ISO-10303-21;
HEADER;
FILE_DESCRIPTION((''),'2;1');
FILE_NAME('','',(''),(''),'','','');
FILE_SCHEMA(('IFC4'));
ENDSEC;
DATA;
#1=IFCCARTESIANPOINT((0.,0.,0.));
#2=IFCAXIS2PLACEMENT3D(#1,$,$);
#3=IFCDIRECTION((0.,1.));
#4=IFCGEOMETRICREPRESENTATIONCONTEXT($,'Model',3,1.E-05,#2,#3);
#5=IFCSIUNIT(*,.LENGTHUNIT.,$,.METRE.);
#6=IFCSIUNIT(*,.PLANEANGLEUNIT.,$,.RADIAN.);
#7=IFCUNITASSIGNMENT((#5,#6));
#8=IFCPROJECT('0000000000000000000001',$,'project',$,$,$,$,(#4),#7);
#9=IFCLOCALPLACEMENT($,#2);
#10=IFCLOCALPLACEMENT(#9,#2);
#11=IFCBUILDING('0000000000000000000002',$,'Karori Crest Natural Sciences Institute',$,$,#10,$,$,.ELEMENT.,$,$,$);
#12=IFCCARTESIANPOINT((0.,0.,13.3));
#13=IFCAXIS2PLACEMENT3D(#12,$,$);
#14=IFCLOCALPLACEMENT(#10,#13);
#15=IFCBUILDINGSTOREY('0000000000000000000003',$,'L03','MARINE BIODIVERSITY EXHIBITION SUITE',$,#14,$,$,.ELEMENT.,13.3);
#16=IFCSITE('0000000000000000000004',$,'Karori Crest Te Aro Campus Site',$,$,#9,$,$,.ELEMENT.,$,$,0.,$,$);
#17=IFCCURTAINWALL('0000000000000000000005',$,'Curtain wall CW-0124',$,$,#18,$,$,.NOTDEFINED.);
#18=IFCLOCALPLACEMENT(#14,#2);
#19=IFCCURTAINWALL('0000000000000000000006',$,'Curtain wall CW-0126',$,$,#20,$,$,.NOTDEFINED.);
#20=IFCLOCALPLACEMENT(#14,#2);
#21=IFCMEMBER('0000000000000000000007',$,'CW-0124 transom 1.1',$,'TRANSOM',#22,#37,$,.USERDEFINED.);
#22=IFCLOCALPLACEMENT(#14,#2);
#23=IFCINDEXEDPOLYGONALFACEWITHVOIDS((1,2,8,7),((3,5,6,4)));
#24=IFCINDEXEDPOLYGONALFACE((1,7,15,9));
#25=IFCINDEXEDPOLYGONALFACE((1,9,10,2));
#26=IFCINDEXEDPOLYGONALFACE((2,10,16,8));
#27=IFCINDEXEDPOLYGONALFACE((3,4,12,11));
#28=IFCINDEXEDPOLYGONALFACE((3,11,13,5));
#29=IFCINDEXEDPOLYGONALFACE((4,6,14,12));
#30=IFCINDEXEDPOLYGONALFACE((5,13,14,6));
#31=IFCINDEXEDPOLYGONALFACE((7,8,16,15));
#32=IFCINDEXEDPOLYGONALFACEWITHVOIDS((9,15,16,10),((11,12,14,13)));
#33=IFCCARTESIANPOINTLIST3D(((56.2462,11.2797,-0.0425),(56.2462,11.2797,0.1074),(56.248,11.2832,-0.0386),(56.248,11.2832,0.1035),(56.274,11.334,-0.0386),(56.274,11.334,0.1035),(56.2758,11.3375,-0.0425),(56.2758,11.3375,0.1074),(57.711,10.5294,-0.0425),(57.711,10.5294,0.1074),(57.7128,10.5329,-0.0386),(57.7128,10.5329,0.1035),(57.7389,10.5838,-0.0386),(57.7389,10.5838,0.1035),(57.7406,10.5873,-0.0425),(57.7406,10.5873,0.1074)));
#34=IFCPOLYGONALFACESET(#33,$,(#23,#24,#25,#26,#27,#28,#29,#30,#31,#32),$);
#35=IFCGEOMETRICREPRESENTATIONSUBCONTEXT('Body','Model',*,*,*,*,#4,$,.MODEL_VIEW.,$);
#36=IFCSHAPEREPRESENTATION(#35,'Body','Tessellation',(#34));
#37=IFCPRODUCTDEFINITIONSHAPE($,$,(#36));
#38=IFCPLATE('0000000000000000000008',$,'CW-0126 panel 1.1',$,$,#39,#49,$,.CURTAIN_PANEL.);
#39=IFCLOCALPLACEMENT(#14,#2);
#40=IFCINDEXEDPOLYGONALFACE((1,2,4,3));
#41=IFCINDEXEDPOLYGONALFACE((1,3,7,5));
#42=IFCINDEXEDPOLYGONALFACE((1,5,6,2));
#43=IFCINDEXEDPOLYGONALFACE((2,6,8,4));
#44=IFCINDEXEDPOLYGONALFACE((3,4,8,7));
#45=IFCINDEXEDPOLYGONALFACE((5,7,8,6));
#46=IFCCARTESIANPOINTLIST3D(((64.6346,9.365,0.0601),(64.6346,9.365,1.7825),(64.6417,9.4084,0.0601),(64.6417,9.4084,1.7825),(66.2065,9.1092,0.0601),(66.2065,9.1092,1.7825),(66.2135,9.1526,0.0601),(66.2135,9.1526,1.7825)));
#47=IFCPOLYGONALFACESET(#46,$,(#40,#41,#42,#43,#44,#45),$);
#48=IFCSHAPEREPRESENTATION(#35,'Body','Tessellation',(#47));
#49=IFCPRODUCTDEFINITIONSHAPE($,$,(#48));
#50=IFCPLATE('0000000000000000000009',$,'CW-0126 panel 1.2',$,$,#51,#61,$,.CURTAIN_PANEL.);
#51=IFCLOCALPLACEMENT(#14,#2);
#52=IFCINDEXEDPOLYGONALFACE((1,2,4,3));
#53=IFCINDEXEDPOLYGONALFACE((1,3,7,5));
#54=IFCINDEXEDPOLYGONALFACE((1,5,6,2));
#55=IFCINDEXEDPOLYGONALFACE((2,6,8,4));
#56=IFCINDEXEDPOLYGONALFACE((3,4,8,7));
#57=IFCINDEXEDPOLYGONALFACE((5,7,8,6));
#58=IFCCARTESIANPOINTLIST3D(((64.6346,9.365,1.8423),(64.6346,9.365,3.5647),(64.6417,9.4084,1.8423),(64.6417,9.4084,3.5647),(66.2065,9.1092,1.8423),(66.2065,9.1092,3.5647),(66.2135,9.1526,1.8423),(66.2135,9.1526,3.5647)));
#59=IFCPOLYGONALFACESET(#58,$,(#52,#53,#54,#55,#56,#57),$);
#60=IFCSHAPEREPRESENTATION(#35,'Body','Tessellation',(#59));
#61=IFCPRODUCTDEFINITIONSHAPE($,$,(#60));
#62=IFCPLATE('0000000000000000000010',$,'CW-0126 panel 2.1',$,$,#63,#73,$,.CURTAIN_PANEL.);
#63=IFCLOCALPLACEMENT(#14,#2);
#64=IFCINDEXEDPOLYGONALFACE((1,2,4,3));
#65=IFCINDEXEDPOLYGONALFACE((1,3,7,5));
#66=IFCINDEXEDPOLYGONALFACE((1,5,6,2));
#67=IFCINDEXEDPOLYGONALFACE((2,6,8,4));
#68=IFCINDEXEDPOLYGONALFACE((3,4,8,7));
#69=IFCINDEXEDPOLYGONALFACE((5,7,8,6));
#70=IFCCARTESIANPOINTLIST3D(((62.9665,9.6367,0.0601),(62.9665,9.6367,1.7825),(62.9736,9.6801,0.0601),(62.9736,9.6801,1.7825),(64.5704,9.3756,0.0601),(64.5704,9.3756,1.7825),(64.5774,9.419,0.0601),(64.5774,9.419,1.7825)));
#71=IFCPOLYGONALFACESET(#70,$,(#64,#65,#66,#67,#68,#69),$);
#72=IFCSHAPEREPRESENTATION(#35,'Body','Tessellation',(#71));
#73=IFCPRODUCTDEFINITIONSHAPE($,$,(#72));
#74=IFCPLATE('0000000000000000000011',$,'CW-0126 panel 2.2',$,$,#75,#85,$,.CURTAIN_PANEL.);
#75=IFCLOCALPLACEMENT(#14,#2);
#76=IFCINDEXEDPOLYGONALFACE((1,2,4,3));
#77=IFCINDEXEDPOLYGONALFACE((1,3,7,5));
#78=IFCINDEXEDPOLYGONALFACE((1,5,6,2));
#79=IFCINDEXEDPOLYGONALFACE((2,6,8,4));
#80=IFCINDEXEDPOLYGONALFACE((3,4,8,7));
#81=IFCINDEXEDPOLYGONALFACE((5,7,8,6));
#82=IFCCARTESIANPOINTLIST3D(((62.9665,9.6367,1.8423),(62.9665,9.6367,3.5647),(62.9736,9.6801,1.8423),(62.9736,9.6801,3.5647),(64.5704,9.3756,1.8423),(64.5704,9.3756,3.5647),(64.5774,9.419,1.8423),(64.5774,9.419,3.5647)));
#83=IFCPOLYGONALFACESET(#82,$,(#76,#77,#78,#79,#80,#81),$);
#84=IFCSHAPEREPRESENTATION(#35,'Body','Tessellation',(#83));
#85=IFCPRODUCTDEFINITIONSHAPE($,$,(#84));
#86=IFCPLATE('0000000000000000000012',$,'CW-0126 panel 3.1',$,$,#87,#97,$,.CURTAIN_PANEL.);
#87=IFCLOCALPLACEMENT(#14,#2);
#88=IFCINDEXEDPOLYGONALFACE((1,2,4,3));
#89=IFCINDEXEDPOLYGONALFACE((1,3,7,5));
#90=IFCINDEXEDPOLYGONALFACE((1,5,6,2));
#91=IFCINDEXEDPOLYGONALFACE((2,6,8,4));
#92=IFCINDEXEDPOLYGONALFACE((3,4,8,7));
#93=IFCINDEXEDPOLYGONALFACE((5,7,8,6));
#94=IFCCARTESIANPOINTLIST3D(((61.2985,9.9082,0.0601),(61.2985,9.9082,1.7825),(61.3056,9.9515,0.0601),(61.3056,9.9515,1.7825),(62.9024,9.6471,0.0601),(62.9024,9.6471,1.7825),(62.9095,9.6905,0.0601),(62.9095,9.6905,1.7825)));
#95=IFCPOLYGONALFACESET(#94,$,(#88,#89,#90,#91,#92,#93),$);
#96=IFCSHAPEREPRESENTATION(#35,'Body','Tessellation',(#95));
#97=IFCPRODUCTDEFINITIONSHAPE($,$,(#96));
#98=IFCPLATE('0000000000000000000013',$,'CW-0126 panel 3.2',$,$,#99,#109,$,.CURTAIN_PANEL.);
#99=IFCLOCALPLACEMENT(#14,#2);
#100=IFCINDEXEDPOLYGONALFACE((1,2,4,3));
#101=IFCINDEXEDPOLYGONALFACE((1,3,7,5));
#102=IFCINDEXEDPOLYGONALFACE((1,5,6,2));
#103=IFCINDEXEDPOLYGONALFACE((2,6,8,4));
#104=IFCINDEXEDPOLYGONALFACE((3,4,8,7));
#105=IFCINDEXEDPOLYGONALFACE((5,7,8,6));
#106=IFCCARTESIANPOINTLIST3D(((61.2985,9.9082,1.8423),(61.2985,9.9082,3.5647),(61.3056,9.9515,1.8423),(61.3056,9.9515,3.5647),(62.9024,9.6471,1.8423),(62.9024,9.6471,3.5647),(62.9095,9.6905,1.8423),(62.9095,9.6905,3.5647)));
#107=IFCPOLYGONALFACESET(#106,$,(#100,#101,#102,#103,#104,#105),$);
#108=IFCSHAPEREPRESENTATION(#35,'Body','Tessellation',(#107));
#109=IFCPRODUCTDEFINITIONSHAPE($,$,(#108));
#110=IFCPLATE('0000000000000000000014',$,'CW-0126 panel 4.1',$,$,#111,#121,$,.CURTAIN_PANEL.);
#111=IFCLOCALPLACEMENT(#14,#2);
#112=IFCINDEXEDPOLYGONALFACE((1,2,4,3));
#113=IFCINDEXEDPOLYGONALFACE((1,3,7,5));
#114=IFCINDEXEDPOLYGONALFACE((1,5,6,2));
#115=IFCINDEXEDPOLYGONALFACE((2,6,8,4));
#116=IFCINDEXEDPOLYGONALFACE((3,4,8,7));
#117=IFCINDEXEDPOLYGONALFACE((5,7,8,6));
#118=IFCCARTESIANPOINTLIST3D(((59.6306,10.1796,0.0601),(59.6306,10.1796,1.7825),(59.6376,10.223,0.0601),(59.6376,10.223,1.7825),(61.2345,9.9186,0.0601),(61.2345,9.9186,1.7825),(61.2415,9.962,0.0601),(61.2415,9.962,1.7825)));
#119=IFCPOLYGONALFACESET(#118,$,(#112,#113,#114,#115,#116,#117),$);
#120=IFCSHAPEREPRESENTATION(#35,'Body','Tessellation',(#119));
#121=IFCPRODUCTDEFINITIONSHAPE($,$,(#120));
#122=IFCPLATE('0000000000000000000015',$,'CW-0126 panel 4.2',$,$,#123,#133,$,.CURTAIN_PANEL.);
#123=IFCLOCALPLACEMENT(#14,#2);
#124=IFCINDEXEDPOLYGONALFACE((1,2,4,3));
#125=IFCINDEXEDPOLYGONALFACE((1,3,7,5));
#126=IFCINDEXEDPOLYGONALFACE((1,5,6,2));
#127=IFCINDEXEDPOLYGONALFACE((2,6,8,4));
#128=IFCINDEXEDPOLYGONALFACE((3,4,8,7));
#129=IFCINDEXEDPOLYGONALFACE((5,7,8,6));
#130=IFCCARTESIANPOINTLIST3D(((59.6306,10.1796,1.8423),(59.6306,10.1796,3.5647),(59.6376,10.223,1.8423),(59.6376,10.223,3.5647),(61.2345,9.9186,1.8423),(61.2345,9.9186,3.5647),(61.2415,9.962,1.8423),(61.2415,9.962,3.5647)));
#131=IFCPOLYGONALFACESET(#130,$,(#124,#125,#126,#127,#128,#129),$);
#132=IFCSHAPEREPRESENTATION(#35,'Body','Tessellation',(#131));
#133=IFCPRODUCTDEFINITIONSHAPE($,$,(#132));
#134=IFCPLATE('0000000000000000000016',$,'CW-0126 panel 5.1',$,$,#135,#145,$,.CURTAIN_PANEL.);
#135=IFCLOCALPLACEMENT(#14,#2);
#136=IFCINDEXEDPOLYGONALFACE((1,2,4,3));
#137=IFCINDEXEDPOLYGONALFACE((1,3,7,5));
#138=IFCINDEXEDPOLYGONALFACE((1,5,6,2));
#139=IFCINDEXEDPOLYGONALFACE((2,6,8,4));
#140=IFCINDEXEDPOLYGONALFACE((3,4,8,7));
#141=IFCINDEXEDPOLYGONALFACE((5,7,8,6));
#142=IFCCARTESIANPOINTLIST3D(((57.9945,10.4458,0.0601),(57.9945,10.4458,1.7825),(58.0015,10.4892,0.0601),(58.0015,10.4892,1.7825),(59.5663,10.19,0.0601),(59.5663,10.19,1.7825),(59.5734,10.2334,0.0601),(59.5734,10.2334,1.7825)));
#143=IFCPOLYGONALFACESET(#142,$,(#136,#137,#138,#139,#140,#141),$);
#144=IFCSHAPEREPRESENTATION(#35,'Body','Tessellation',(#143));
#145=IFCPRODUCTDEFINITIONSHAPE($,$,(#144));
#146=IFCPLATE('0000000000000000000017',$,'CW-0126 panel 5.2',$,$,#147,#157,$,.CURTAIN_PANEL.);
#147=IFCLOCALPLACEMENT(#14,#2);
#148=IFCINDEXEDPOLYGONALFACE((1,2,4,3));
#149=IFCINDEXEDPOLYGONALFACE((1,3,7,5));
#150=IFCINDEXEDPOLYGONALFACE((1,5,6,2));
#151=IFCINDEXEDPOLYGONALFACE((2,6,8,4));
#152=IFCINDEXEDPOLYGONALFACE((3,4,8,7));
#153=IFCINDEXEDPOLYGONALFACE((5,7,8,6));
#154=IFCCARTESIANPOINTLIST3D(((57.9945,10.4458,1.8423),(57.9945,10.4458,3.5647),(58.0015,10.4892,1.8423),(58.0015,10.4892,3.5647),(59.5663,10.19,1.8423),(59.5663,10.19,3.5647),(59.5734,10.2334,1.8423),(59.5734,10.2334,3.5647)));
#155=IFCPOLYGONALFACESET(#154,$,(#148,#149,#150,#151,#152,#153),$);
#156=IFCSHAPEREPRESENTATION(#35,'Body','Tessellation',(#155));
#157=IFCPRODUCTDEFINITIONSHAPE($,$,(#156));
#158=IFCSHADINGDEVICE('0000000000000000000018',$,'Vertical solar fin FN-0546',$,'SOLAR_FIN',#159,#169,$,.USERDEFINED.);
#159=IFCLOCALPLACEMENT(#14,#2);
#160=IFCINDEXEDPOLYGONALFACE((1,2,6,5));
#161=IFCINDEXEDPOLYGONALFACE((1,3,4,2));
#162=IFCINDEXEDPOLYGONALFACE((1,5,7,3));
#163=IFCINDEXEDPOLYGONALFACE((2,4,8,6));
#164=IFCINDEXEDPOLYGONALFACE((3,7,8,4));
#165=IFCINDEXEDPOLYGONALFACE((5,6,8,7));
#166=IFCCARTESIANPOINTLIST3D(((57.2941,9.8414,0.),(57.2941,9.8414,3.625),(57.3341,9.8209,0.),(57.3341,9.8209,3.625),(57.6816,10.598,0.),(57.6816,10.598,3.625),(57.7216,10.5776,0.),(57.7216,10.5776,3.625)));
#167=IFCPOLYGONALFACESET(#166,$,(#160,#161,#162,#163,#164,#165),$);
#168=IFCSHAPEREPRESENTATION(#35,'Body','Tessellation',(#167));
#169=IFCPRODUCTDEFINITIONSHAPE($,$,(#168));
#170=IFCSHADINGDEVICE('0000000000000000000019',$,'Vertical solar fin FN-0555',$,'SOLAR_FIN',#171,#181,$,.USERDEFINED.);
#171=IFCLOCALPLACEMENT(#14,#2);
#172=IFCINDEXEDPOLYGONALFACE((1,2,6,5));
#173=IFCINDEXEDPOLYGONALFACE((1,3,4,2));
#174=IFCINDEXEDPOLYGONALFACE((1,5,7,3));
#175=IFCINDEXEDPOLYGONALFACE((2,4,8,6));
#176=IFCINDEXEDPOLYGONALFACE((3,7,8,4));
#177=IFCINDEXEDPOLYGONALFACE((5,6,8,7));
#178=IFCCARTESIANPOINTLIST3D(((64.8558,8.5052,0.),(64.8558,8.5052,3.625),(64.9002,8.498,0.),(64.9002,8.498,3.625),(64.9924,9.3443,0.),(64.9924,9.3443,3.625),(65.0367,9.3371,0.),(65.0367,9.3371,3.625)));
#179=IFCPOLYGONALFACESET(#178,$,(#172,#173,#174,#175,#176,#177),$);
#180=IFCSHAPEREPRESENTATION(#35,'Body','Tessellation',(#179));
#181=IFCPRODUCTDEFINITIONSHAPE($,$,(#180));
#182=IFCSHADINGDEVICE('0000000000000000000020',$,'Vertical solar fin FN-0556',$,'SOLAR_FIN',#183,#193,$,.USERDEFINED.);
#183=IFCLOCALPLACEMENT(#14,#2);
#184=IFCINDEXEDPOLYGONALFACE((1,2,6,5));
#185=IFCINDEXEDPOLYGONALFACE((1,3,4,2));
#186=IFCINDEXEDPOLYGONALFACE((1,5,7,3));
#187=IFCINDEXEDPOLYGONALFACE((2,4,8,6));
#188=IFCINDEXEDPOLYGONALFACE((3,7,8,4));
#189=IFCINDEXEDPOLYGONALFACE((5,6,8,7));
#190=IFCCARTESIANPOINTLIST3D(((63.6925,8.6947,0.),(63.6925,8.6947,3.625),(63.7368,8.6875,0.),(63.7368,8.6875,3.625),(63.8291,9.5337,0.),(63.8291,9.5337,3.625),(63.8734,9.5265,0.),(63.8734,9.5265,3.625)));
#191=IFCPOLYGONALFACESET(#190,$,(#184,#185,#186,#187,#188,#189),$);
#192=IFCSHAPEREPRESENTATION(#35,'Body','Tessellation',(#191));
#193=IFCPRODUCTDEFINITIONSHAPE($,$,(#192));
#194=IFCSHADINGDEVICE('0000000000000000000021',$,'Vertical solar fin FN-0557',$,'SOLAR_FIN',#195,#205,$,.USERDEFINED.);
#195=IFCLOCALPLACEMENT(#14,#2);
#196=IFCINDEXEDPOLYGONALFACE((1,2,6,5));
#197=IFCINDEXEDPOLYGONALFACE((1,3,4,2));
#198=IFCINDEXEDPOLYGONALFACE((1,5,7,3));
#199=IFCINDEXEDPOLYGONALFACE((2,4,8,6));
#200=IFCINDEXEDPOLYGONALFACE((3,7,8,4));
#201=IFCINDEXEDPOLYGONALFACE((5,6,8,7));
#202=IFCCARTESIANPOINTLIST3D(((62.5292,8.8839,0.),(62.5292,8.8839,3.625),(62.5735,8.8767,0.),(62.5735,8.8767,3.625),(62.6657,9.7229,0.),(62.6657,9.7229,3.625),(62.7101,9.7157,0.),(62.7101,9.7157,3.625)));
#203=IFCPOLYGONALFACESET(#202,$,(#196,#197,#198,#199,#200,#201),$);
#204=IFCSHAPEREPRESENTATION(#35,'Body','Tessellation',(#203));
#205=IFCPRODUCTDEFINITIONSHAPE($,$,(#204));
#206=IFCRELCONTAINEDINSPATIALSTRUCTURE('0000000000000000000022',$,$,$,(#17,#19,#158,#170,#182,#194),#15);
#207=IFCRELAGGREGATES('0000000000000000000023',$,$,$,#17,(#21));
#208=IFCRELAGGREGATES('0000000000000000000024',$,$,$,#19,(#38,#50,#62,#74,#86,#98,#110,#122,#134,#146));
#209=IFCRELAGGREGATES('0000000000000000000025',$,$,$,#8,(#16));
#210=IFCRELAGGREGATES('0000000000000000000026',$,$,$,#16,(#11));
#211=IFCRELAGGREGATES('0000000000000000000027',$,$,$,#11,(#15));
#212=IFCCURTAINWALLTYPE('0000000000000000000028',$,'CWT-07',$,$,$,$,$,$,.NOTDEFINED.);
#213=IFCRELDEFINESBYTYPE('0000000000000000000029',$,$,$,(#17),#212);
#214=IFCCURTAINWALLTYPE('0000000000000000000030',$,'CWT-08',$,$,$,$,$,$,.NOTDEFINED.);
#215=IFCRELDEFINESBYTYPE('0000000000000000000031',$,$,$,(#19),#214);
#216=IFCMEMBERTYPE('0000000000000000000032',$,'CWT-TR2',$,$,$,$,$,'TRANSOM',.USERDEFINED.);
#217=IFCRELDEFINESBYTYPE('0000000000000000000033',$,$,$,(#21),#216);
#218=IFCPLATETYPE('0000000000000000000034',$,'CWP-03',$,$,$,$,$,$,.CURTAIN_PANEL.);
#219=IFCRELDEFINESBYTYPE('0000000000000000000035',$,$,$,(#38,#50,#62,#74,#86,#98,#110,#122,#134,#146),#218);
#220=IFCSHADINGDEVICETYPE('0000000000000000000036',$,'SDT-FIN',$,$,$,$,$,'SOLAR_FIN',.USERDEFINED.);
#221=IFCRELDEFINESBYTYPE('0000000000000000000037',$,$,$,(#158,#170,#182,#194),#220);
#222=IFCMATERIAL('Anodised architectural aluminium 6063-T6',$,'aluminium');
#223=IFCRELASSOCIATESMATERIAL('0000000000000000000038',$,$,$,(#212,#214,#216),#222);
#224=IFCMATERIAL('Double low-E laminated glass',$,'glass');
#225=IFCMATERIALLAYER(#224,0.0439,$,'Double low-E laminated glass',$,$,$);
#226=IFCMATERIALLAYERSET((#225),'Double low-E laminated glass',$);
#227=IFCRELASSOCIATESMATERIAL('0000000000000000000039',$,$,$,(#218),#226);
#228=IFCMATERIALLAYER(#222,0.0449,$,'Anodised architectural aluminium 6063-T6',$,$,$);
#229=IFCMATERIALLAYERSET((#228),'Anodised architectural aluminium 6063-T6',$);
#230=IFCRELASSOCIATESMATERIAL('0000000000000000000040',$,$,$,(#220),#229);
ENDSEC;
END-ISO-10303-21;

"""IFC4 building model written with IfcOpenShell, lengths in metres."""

from ifc_helpers import new_model, si_unit, direction, frame, origin, origin_2d, place, context, subcontext, project, spatial, rectangle, hollow_rectangle, extrude, material, layer, layer_set, material_profile, profile_set, type_object, element, aggregate, save


model = new_model("IFC4")

# Units and contexts
model_context = context("Model", 3, precision=1e-05, world=origin(), true_north=direction((0.0, 1.0)))
body_context = subcontext(model_context, "Body", "Model", "MODEL_VIEW")
ifc_project = project(units=[si_unit("LENGTHUNIT", "METRE"), si_unit("PLANEANGLEUNIT", "RADIAN")], contexts=[model_context])

# Site, building, storey
site_placement = place(None, origin())
site = spatial("IfcSite", under=ifc_project, at=site_placement, Name="Karori Crest Te Aro Campus Site", CompositionType="ELEMENT", RefElevation=0.0)
building_placement = place(site_placement, origin())
building = spatial("IfcBuilding", under=site, at=building_placement, Name="Karori Crest Natural Sciences Institute", CompositionType="ELEMENT")
storey_placement = place(building_placement, frame((0.0, 0.0, 13.3)))
storey = spatial("IfcBuildingStorey", under=building, at=storey_placement, Name="L03", Description="MARINE BIODIVERSITY EXHIBITION SUITE", CompositionType="ELEMENT", Elevation=13.3)

# Curtain wall
ifc_material_1 = material(Name="Anodised architectural aluminium 6063-T6", Category="aluminium")
curtain_wall_type_1 = type_object("IfcCurtainWallType", Name="CWT-07", PredefinedType="NOTDEFINED", material=ifc_material_1)
curtain_wall_1_placement = place(storey_placement, origin())
curtain_wall_1 = element("IfcCurtainWall", 1, at=curtain_wall_1_placement, inside=storey, type_object=curtain_wall_type_1, Name="Curtain wall CW-0124", PredefinedType="NOTDEFINED")

# Curtain wall
curtain_wall_type_2 = type_object("IfcCurtainWallType", Name="CWT-08", PredefinedType="NOTDEFINED", material=ifc_material_1)
curtain_wall_2_placement = place(storey_placement, origin())
curtain_wall_2 = element("IfcCurtainWall", 2, at=curtain_wall_2_placement, inside=storey, type_object=curtain_wall_type_2, Name="Curtain wall CW-0126", PredefinedType="NOTDEFINED")

# Member
ifc_material_profile_1 = material_profile(ifc_material_1, hollow_rectangle(XDim=0.0649, YDim=0.1499, WallThickness=0.0039, at=origin_2d()), Name="CWT150x65x4")
ifc_profile_set_1 = profile_set([ifc_material_profile_1], Name="Anodised architectural aluminium 6063-T6")
member_type_1 = type_object("IfcMemberType", Name="CWT-TR2", ElementType="TRANSOM", PredefinedType="USERDEFINED", material=ifc_profile_set_1)
member_1_placement = place(storey_placement, frame((57.7258, 10.5583, 0.0325), z_axis=(-0.890054, 0.455856, 0.0), x_axis=(-0.455856, -0.890054, 0.0)))
member_1 = element("IfcMember", 3, at=member_1_placement, type_object=member_type_1, Name="CW-0124 transom 1.1", ObjectType="TRANSOM", PredefinedType="USERDEFINED", context=body_context, shape_type="SweptSolid", body=[
    extrude(hollow_rectangle(XDim=0.0649, YDim=0.1499, WallThickness=0.0039, at=origin_2d()), origin(), (0.0, 0.0, 1.0), 1.6458),
])
aggregate(curtain_wall_1, [member_1])

# Plates
ifc_material_2 = material(Name="Double low-E laminated glass", Category="glass")
ifc_layer_1 = layer(ifc_material_2, 0.0439, Name="Double low-E laminated glass")
ifc_layer_set_1 = layer_set([ifc_layer_1], Name="Double low-E laminated glass")
plate_type = type_object("IfcPlateType", Name="CWP-03", PredefinedType="CURTAIN_PANEL", material=ifc_layer_set_1)
plate_1_placement = place(storey_placement, frame((65.4241, 9.2588, 0.0601), z_axis=(0.0, 0.0, 1.0), x_axis=(-0.987011, 0.160655, 0.0)))
plate_1 = element("IfcPlate", 4, at=plate_1_placement, type_object=plate_type, Name="CW-0126 panel 1.1", PredefinedType="CURTAIN_PANEL", context=body_context, shape_type="SweptSolid", body=[
    extrude(rectangle(XDim=1.5925, YDim=0.0439, at=origin_2d()), origin(), (0.0, 0.0, 1.0), 1.7224),
])
plate_2_placement = place(storey_placement, frame((65.4241, 9.2588, 1.8423), z_axis=(0.0, 0.0, 1.0), x_axis=(-0.987011, 0.160655, 0.0)))
plate_2 = element("IfcPlate", 5, at=plate_2_placement, type_object=plate_type, Name="CW-0126 panel 1.2", PredefinedType="CURTAIN_PANEL", context=body_context, shape_type="SweptSolid", body=[
    extrude(rectangle(XDim=1.5925, YDim=0.0439, at=origin_2d()), origin(), (0.0, 0.0, 1.0), 1.7224),
])
plate_3_placement = place(storey_placement, frame((63.772, 9.5278, 0.0601), z_axis=(0.0, 0.0, 1.0), x_axis=(-0.987011, 0.160655, 0.0)))
plate_3 = element("IfcPlate", 6, at=plate_3_placement, type_object=plate_type, Name="CW-0126 panel 2.1", PredefinedType="CURTAIN_PANEL", context=body_context, shape_type="SweptSolid", body=[
    extrude(rectangle(XDim=1.625, YDim=0.0439, at=origin_2d()), origin(), (0.0, 0.0, 1.0), 1.7224),
])
plate_4_placement = place(storey_placement, frame((63.772, 9.5278, 1.8423), z_axis=(0.0, 0.0, 1.0), x_axis=(-0.987011, 0.160655, 0.0)))
plate_4 = element("IfcPlate", 7, at=plate_4_placement, type_object=plate_type, Name="CW-0126 panel 2.2", PredefinedType="CURTAIN_PANEL", context=body_context, shape_type="SweptSolid", body=[
    extrude(rectangle(XDim=1.625, YDim=0.0439, at=origin_2d()), origin(), (0.0, 0.0, 1.0), 1.7224),
])
plate_5_placement = place(storey_placement, frame((62.104, 9.7993, 0.0601), z_axis=(0.0, 0.0, 1.0), x_axis=(-0.987011, 0.160655, 0.0)))
plate_5 = element("IfcPlate", 8, at=plate_5_placement, type_object=plate_type, Name="CW-0126 panel 3.1", PredefinedType="CURTAIN_PANEL", context=body_context, shape_type="SweptSolid", body=[
    extrude(rectangle(XDim=1.625, YDim=0.0439, at=origin_2d()), origin(), (0.0, 0.0, 1.0), 1.7224),
])
plate_6_placement = place(storey_placement, frame((62.104, 9.7993, 1.8423), z_axis=(0.0, 0.0, 1.0), x_axis=(-0.987011, 0.160655, 0.0)))
plate_6 = element("IfcPlate", 9, at=plate_6_placement, type_object=plate_type, Name="CW-0126 panel 3.2", PredefinedType="CURTAIN_PANEL", context=body_context, shape_type="SweptSolid", body=[
    extrude(rectangle(XDim=1.625, YDim=0.0439, at=origin_2d()), origin(), (0.0, 0.0, 1.0), 1.7224),
])
plate_7_placement = place(storey_placement, frame((60.436, 10.0708, 0.0601), z_axis=(0.0, 0.0, 1.0), x_axis=(-0.987011, 0.160655, 0.0)))
plate_7 = element("IfcPlate", 10, at=plate_7_placement, type_object=plate_type, Name="CW-0126 panel 4.1", PredefinedType="CURTAIN_PANEL", context=body_context, shape_type="SweptSolid", body=[
    extrude(rectangle(XDim=1.625, YDim=0.0439, at=origin_2d()), origin(), (0.0, 0.0, 1.0), 1.7224),
])
plate_8_placement = place(storey_placement, frame((60.436, 10.0708, 1.8423), z_axis=(0.0, 0.0, 1.0), x_axis=(-0.987011, 0.160655, 0.0)))
plate_8 = element("IfcPlate", 11, at=plate_8_placement, type_object=plate_type, Name="CW-0126 panel 4.2", PredefinedType="CURTAIN_PANEL", context=body_context, shape_type="SweptSolid", body=[
    extrude(rectangle(XDim=1.625, YDim=0.0439, at=origin_2d()), origin(), (0.0, 0.0, 1.0), 1.7224),
])
plate_9_placement = place(storey_placement, frame((58.7839, 10.3396, 0.0601), z_axis=(0.0, 0.0, 1.0), x_axis=(-0.987011, 0.160655, 0.0)))
plate_9 = element("IfcPlate", 12, at=plate_9_placement, type_object=plate_type, Name="CW-0126 panel 5.1", PredefinedType="CURTAIN_PANEL", context=body_context, shape_type="SweptSolid", body=[
    extrude(rectangle(XDim=1.5925, YDim=0.0439, at=origin_2d()), origin(), (0.0, 0.0, 1.0), 1.7224),
])
plate_10_placement = place(storey_placement, frame((58.7839, 10.3396, 1.8423), z_axis=(0.0, 0.0, 1.0), x_axis=(-0.987011, 0.160655, 0.0)))
plate_10 = element("IfcPlate", 13, at=plate_10_placement, type_object=plate_type, Name="CW-0126 panel 5.2", PredefinedType="CURTAIN_PANEL", context=body_context, shape_type="SweptSolid", body=[
    extrude(rectangle(XDim=1.5925, YDim=0.0439, at=origin_2d()), origin(), (0.0, 0.0, 1.0), 1.7224),
])
aggregate(curtain_wall_2, [plate_1, plate_2, plate_3, plate_4, plate_5, plate_6, plate_7, plate_8, plate_9, plate_10])

# Shading devices
ifc_layer_2 = layer(ifc_material_1, 0.0449, Name="Anodised architectural aluminium 6063-T6")
ifc_layer_set_2 = layer_set([ifc_layer_2], Name="Anodised architectural aluminium 6063-T6")
shading_device_type = type_object("IfcShadingDeviceType", Name="SDT-FIN", ElementType="SOLAR_FIN", PredefinedType="USERDEFINED", material=ifc_layer_set_2)
for number, where, z_axis, x_axis, name in (
    (14, (57.5078, 10.2095, 0.0), (0.0, 0.0, 1.0), (-0.455829, -0.890067, 0.0), "Vertical solar fin FN-0546"),
    (15, (64.9463, 8.9211, 0.0), (0.0, 0.0, 1.0), (-0.160655, -0.987011, 0.0), "Vertical solar fin FN-0555"),
    (16, (63.783, 9.1106, 0.0), (0.0, 0.0, 1.0), (-0.160655, -0.987011, 0.0), "Vertical solar fin FN-0556"),
    (17, (62.6196, 9.2998, 0.0), (0.0, 0.0, 1.0), (-0.160655, -0.987011, 0.0), "Vertical solar fin FN-0557"),
):
    element("IfcShadingDevice", number, at=place(storey_placement, frame(where, z_axis=z_axis, x_axis=x_axis)), inside=storey, type_object=shading_device_type, Name=name, ObjectType="SOLAR_FIN", PredefinedType="USERDEFINED", context=body_context, shape_type="SweptSolid", body=[
        extrude(rectangle(XDim=0.8501, YDim=0.0449, at=origin_2d()), origin(), (0.0, 0.0, 1.0), 3.625),
    ])

save(model, "model.ifc")
